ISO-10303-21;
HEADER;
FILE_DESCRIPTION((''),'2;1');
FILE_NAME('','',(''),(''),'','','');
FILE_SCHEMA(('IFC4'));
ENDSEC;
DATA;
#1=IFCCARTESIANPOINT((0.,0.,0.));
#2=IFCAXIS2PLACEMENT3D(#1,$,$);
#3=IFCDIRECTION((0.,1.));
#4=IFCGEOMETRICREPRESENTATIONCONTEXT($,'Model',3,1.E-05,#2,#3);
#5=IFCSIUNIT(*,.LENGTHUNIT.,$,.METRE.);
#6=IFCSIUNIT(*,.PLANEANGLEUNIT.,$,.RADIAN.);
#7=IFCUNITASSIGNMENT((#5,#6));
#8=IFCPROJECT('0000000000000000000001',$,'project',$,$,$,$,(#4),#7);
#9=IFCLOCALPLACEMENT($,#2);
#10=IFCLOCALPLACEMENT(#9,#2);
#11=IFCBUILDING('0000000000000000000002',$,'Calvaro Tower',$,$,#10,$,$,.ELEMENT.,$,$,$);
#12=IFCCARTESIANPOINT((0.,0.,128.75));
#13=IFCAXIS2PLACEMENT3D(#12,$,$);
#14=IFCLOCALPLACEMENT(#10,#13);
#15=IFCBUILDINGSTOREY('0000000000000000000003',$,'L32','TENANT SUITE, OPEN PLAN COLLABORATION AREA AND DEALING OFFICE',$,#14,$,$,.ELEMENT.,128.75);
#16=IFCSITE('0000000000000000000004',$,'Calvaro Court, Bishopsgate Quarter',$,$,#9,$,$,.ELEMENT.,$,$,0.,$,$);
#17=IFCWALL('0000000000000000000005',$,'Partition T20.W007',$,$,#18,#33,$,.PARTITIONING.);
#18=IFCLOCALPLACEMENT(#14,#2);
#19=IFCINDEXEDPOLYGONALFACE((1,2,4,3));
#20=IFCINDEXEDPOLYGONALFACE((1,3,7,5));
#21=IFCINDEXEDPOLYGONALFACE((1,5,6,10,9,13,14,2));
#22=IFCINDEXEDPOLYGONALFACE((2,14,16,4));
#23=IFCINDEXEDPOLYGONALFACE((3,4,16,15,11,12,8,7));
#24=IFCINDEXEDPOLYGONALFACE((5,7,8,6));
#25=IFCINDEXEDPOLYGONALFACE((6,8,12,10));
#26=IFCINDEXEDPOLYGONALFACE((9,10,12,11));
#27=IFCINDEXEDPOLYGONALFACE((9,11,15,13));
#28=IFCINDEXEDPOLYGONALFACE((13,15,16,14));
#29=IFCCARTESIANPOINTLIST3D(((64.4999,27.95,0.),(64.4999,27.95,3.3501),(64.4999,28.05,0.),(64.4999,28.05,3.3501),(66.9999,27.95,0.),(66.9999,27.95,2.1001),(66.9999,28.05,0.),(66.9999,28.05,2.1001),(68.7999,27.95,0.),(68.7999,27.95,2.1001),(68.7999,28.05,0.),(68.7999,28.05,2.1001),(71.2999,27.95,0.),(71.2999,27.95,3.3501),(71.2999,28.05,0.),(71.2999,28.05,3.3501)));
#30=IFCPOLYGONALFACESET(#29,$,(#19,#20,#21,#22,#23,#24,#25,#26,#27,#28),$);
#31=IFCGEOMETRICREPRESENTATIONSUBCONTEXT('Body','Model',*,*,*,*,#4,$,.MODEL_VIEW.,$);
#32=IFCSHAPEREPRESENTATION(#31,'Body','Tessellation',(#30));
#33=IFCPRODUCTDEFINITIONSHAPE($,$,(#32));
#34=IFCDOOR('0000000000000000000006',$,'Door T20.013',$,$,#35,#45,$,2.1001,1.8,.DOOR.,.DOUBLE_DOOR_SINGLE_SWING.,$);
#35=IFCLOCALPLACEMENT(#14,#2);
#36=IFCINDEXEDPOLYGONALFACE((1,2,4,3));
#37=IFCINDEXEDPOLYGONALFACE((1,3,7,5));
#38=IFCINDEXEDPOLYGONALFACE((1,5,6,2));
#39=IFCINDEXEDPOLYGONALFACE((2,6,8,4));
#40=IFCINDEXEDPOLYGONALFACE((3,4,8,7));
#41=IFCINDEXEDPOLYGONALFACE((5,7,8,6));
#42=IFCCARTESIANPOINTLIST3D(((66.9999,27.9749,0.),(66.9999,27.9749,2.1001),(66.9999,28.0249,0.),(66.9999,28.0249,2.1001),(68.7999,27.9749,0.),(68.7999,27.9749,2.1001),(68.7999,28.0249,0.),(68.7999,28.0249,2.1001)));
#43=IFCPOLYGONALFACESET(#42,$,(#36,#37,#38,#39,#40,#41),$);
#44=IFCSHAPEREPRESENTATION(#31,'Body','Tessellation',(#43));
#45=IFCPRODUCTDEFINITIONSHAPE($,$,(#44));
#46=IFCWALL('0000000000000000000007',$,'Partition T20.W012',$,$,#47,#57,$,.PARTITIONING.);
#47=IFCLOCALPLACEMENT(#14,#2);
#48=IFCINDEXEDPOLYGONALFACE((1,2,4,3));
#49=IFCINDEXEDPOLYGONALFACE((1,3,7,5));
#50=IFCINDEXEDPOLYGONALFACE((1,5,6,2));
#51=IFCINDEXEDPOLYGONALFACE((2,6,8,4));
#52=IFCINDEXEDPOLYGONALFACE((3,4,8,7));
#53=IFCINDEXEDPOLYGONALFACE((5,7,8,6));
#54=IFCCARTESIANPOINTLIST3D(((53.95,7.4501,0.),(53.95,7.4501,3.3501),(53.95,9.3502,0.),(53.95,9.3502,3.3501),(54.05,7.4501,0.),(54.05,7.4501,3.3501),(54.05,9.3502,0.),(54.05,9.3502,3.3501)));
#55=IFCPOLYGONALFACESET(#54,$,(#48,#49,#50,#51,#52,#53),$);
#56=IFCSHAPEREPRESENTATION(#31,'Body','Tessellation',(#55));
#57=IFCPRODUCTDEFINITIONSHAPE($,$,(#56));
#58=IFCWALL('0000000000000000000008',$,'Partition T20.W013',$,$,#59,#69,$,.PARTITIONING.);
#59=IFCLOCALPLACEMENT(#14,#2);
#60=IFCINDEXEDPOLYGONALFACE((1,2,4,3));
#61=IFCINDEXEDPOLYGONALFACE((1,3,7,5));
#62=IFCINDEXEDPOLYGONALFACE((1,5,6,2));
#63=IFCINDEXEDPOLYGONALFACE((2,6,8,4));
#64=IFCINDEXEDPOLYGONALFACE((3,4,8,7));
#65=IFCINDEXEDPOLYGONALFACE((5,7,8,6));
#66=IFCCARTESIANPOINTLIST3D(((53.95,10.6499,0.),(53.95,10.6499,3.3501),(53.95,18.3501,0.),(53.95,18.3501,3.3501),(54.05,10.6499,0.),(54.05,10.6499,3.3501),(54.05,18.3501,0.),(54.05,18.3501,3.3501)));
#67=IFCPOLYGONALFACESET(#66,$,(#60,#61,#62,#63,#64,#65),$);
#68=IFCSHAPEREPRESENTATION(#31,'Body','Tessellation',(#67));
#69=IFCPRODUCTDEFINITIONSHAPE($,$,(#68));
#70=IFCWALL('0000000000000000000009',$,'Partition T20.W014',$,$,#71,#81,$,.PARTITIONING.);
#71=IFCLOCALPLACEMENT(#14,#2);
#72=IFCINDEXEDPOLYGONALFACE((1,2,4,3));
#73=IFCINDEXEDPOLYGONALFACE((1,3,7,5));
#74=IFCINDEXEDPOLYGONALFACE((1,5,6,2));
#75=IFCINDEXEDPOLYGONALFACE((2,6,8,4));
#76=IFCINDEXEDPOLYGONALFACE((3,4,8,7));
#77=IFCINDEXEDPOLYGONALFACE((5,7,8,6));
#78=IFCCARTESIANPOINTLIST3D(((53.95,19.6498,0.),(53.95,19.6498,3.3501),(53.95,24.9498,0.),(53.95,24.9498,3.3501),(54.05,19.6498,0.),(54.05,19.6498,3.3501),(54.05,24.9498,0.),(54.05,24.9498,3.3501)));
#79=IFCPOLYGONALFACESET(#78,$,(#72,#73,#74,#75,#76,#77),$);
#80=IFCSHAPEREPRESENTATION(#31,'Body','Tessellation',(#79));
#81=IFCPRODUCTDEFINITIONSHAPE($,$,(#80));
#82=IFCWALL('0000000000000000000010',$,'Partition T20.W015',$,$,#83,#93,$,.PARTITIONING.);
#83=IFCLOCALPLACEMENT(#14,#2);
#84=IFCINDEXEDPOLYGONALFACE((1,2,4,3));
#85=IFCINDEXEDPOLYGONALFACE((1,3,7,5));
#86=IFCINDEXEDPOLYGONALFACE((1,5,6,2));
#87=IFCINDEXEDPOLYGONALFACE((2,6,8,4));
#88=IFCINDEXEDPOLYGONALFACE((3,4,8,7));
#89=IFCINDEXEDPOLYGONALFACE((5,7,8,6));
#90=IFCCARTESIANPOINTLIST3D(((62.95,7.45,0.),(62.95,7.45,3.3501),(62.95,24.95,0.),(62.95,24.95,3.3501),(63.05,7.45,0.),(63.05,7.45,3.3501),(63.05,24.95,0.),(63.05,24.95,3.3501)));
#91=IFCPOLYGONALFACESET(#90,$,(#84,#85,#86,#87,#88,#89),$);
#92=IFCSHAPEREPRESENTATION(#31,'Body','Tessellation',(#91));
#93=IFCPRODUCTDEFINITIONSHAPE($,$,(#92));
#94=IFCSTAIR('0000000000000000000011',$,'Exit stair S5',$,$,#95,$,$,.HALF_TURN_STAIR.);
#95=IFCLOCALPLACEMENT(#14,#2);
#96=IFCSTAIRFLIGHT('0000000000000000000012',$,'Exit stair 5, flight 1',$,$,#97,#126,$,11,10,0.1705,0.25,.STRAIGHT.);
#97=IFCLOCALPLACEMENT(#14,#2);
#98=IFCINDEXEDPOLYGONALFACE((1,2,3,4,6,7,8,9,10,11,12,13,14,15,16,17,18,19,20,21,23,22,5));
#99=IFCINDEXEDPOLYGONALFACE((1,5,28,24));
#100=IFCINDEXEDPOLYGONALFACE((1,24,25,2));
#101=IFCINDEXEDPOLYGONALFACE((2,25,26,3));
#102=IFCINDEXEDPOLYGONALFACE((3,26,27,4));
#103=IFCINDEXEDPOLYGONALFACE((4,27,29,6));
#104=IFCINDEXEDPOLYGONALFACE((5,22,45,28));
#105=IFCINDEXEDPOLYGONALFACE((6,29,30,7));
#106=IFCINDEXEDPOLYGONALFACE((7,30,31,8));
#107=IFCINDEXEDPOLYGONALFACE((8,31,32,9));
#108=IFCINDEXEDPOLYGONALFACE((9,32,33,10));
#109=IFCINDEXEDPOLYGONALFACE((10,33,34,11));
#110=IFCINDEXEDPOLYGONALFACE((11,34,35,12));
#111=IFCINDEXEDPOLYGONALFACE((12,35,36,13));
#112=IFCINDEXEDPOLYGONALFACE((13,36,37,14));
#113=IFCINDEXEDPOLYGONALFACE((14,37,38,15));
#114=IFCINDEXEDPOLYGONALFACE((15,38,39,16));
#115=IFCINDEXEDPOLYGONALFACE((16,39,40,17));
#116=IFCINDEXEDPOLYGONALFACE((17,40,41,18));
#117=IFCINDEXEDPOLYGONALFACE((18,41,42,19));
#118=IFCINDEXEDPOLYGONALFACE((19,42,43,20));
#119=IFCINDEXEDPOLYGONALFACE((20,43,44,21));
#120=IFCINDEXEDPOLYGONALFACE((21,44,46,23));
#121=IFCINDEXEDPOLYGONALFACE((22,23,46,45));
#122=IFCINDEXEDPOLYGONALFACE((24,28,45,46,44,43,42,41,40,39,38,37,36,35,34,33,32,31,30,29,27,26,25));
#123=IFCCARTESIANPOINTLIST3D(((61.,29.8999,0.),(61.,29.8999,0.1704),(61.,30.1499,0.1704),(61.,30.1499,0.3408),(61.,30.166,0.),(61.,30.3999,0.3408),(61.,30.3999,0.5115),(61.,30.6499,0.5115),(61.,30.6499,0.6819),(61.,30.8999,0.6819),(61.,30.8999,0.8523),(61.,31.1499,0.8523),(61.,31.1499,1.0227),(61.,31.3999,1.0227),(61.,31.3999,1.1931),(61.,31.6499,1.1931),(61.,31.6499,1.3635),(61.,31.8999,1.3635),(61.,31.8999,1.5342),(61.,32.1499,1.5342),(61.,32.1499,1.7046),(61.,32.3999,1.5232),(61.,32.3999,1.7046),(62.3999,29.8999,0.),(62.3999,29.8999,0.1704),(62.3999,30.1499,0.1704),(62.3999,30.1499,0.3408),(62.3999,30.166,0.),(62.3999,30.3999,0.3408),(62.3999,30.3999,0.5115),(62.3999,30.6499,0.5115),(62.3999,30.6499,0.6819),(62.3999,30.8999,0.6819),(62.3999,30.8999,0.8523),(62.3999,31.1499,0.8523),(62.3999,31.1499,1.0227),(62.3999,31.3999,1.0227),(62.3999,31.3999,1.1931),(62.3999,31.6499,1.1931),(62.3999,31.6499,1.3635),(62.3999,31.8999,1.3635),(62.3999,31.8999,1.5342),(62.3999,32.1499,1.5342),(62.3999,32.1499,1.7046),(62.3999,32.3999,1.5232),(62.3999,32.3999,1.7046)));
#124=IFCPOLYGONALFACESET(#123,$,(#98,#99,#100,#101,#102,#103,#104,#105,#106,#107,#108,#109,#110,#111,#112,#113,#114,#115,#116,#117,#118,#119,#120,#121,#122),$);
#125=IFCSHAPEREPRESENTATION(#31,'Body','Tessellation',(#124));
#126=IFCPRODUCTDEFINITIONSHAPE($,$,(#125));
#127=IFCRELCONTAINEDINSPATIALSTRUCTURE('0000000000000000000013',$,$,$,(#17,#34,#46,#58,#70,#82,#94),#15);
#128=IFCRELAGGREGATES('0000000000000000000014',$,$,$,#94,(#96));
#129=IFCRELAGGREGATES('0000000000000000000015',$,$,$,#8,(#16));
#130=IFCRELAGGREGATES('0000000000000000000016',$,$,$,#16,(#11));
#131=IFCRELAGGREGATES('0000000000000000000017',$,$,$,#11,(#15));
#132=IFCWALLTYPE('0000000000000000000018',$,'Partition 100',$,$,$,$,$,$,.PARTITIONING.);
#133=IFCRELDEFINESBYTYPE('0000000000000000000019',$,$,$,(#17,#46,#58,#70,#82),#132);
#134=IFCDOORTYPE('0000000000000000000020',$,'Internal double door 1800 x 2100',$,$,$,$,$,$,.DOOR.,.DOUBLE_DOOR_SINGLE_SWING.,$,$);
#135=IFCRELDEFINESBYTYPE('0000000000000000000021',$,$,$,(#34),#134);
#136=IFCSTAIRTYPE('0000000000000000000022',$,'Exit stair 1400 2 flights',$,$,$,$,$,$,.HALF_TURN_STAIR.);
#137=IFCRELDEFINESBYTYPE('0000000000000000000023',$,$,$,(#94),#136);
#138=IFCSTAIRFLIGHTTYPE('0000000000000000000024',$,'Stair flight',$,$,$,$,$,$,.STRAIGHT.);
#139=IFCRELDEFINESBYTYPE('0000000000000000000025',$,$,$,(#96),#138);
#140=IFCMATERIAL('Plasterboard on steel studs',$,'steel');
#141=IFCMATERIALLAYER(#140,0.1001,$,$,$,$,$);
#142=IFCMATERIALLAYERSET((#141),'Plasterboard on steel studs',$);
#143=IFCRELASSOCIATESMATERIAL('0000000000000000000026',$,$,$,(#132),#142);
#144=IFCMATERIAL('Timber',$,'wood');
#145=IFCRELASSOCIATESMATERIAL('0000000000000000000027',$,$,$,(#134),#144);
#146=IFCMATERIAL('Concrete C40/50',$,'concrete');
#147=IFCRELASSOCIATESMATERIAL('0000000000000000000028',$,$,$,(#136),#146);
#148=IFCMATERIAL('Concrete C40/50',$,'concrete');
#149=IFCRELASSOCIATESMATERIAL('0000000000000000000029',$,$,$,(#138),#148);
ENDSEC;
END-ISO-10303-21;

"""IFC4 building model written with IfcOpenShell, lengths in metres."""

from ifc_helpers import new_model, si_unit, direction, frame, frame_2d, origin, place, context, subcontext, project, spatial, polyline, rectangle, outline, extrude, material, layer, layer_set, type_object, element, fill, aggregate, save


model = new_model("IFC4")

# Units and contexts
model_context = context("Model", 3, precision=1e-05, world=origin(), true_north=direction((0.0, 1.0)))
body_context = subcontext(model_context, "Body", "Model", "MODEL_VIEW")
ifc_project = project(units=[si_unit("LENGTHUNIT", "METRE"), si_unit("PLANEANGLEUNIT", "RADIAN")], contexts=[model_context])

# Site, building, storey
site_placement = place(None, origin())
site = spatial("IfcSite", under=ifc_project, at=site_placement, Name="Calvaro Court, Bishopsgate Quarter", CompositionType="ELEMENT", RefElevation=0.0)
building_placement = place(site_placement, origin())
building = spatial("IfcBuilding", under=site, at=building_placement, Name="Calvaro Tower", CompositionType="ELEMENT")
storey_placement = place(building_placement, frame((0.0, 0.0, 128.75)))
storey = spatial("IfcBuildingStorey", under=building, at=storey_placement, Name="L32", Description="TENANT SUITE, OPEN PLAN COLLABORATION AREA AND DEALING OFFICE", CompositionType="ELEMENT", Elevation=128.75)

# Wall, opening, door
ifc_material_1 = material(Name="Plasterboard on steel studs", Category="steel")
ifc_layer_1 = layer(ifc_material_1, 0.1001)
ifc_layer_set_1 = layer_set([ifc_layer_1], Name="Plasterboard on steel studs")
wall_type_1 = type_object("IfcWallType", Name="Partition 100", PredefinedType="PARTITIONING", material=ifc_layer_set_1)
wall_1_placement = place(storey_placement, frame((64.5, 28.0, 0.0), z_axis=(0.0, 0.0, 1.0), x_axis=(1.0, 0.0, 0.0)))
wall_1 = element("IfcWall", 1, at=wall_1_placement, inside=storey, type_object=wall_type_1, Name="Partition T20.W007", PredefinedType="PARTITIONING", context=body_context, shape_type="SweptSolid", body=[
    extrude(rectangle(XDim=6.8, YDim=0.1001, at=frame_2d((3.3999, 0.0))), origin(), (0.0, 0.0, 1.0), 3.3501),
])
opening_1_placement = place(wall_1_placement, frame((2.5, 0.0, 0.0)))
opening_1 = element("IfcOpeningElement", 2, at=opening_1_placement, cuts=wall_1, PredefinedType="OPENING", context=body_context, shape_type="SweptSolid", body=[
    extrude(rectangle(XDim=1.8, YDim=2.1001, at=frame_2d((0.8999, 1.05))), frame((0.0, 0.0601, 0.0), z_axis=(0.0, -1.0, 0.0), x_axis=(1.0, 0.0, 0.0)), (0.0, 0.0, 1.0), 0.1201),
])
ifc_material_2 = material(Name="Timber", Category="wood")
door_type_1 = type_object("IfcDoorType", Name="Internal double door 1800 x 2100", OperationType="DOUBLE_DOOR_SINGLE_SWING", PredefinedType="DOOR", material=ifc_material_2)
door_1_placement = place(opening_1_placement, origin())
door_1 = element("IfcDoor", 3, at=door_1_placement, inside=storey, type_object=door_type_1, Name="Door T20.013", OperationType="DOUBLE_DOOR_SINGLE_SWING", OverallHeight=2.1001, OverallWidth=1.8, PredefinedType="DOOR", context=body_context, shape_type="SweptSolid", body=[
    extrude(rectangle(XDim=1.8, YDim=2.1001, at=frame_2d((0.8999, 1.05))), frame((0.0, 0.0249, 0.0), z_axis=(0.0, -1.0, 0.0), x_axis=(1.0, 0.0, 0.0)), (0.0, 0.0, 1.0), 0.05),
])
fill(opening_1, door_1)

# Walls
wall_2_placement = place(storey_placement, frame((54.0, 7.45, 0.0), z_axis=(0.0, 0.0, 1.0), x_axis=(0.0, 1.0, 0.0)))
element("IfcWall", 4, at=wall_2_placement, inside=storey, type_object=wall_type_1, Name="Partition T20.W012", PredefinedType="PARTITIONING", context=body_context, shape_type="SweptSolid", body=[
    extrude(rectangle(XDim=1.9001, YDim=0.1001, at=frame_2d((0.9502, 0.0))), origin(), (0.0, 0.0, 1.0), 3.3501),
])
wall_3_placement = place(storey_placement, frame((54.0, 10.6499, 0.0), z_axis=(0.0, 0.0, 1.0), x_axis=(0.0, 1.0, 0.0)))
element("IfcWall", 5, at=wall_3_placement, inside=storey, type_object=wall_type_1, Name="Partition T20.W013", PredefinedType="PARTITIONING", context=body_context, shape_type="SweptSolid", body=[
    extrude(rectangle(XDim=7.7002, YDim=0.1001, at=frame_2d((3.8501, 0.0))), origin(), (0.0, 0.0, 1.0), 3.3501),
])
wall_4_placement = place(storey_placement, frame((54.0, 19.6499, 0.0), z_axis=(0.0, 0.0, 1.0), x_axis=(0.0, 1.0, 0.0)))
element("IfcWall", 6, at=wall_4_placement, inside=storey, type_object=wall_type_1, Name="Partition T20.W014", PredefinedType="PARTITIONING", context=body_context, shape_type="SweptSolid", body=[
    extrude(rectangle(XDim=5.3, YDim=0.1001, at=frame_2d((2.6499, 0.0))), origin(), (0.0, 0.0, 1.0), 3.3501),
])
wall_5_placement = place(storey_placement, frame((63.0, 7.45, 0.0), z_axis=(0.0, 0.0, 1.0), x_axis=(0.0, 1.0, 0.0)))
element("IfcWall", 7, at=wall_5_placement, inside=storey, type_object=wall_type_1, Name="Partition T20.W015", PredefinedType="PARTITIONING", context=body_context, shape_type="SweptSolid", body=[
    extrude(rectangle(XDim=17.5, YDim=0.1001, at=frame_2d((8.75, 0.0))), origin(), (0.0, 0.0, 1.0), 3.3501),
])

# Stair, stair flight
ifc_material_3 = material(Name="Concrete C40/50", Category="concrete")
stair_type = type_object("IfcStairType", Name="Exit stair 1400 2 flights", PredefinedType="HALF_TURN_STAIR", material=ifc_material_3)
stair_placement = place(storey_placement, origin())
stair = element("IfcStair", 8, at=stair_placement, inside=storey, type_object=stair_type, Name="Exit stair S5", PredefinedType="HALF_TURN_STAIR")
ifc_material_4 = material(Name="Concrete C40/50", Category="concrete")
stair_flight_type = type_object("IfcStairFlightType", Name="Stair flight", PredefinedType="STRAIGHT", material=ifc_material_4)
stair_flight_placement = place(storey_placement, frame((61.7, 29.8999, 0.0), z_axis=(0.0, 0.0, 1.0), x_axis=(0.0, 1.0, 0.0)))
stair_flight = element("IfcStairFlight", 9, at=stair_flight_placement, type_object=stair_flight_type, Name="Exit stair 5, flight 1", NumberOfRisers=11, NumberOfTreads=10, PredefinedType="STRAIGHT", RiserHeight=0.1705, TreadLength=0.25, context=body_context, shape_type="SweptSolid", body=[
    extrude(outline(polyline([(0.0, 0.0), (0.0, 0.1704), (0.25, 0.1704), (0.25, 0.3408), (0.5, 0.3408), (0.5, 0.5115), (0.75, 0.5115), (0.75, 0.6819), (1.0, 0.6819), (1.0, 0.8523), (1.25, 0.8523), (1.25, 1.0227), (1.5, 1.0227), (1.5, 1.1931), (1.75, 1.1931), (1.75, 1.3635), (2.0, 1.3635), (2.0, 1.5342), (2.25, 1.5342), (2.25, 1.7046), (2.5, 1.7046), (2.5, 1.875), (2.5, 1.5232), (0.2661, 0.0), (0.0, 0.0)])), frame((0.0, 0.7, 0.0), z_axis=(0.0, -1.0, 0.0), x_axis=(1.0, 0.0, 0.0)), (0.0, 0.0, 1.0), 1.3999),
])
aggregate(stair, [stair_flight])

save(model, "model.ifc")
